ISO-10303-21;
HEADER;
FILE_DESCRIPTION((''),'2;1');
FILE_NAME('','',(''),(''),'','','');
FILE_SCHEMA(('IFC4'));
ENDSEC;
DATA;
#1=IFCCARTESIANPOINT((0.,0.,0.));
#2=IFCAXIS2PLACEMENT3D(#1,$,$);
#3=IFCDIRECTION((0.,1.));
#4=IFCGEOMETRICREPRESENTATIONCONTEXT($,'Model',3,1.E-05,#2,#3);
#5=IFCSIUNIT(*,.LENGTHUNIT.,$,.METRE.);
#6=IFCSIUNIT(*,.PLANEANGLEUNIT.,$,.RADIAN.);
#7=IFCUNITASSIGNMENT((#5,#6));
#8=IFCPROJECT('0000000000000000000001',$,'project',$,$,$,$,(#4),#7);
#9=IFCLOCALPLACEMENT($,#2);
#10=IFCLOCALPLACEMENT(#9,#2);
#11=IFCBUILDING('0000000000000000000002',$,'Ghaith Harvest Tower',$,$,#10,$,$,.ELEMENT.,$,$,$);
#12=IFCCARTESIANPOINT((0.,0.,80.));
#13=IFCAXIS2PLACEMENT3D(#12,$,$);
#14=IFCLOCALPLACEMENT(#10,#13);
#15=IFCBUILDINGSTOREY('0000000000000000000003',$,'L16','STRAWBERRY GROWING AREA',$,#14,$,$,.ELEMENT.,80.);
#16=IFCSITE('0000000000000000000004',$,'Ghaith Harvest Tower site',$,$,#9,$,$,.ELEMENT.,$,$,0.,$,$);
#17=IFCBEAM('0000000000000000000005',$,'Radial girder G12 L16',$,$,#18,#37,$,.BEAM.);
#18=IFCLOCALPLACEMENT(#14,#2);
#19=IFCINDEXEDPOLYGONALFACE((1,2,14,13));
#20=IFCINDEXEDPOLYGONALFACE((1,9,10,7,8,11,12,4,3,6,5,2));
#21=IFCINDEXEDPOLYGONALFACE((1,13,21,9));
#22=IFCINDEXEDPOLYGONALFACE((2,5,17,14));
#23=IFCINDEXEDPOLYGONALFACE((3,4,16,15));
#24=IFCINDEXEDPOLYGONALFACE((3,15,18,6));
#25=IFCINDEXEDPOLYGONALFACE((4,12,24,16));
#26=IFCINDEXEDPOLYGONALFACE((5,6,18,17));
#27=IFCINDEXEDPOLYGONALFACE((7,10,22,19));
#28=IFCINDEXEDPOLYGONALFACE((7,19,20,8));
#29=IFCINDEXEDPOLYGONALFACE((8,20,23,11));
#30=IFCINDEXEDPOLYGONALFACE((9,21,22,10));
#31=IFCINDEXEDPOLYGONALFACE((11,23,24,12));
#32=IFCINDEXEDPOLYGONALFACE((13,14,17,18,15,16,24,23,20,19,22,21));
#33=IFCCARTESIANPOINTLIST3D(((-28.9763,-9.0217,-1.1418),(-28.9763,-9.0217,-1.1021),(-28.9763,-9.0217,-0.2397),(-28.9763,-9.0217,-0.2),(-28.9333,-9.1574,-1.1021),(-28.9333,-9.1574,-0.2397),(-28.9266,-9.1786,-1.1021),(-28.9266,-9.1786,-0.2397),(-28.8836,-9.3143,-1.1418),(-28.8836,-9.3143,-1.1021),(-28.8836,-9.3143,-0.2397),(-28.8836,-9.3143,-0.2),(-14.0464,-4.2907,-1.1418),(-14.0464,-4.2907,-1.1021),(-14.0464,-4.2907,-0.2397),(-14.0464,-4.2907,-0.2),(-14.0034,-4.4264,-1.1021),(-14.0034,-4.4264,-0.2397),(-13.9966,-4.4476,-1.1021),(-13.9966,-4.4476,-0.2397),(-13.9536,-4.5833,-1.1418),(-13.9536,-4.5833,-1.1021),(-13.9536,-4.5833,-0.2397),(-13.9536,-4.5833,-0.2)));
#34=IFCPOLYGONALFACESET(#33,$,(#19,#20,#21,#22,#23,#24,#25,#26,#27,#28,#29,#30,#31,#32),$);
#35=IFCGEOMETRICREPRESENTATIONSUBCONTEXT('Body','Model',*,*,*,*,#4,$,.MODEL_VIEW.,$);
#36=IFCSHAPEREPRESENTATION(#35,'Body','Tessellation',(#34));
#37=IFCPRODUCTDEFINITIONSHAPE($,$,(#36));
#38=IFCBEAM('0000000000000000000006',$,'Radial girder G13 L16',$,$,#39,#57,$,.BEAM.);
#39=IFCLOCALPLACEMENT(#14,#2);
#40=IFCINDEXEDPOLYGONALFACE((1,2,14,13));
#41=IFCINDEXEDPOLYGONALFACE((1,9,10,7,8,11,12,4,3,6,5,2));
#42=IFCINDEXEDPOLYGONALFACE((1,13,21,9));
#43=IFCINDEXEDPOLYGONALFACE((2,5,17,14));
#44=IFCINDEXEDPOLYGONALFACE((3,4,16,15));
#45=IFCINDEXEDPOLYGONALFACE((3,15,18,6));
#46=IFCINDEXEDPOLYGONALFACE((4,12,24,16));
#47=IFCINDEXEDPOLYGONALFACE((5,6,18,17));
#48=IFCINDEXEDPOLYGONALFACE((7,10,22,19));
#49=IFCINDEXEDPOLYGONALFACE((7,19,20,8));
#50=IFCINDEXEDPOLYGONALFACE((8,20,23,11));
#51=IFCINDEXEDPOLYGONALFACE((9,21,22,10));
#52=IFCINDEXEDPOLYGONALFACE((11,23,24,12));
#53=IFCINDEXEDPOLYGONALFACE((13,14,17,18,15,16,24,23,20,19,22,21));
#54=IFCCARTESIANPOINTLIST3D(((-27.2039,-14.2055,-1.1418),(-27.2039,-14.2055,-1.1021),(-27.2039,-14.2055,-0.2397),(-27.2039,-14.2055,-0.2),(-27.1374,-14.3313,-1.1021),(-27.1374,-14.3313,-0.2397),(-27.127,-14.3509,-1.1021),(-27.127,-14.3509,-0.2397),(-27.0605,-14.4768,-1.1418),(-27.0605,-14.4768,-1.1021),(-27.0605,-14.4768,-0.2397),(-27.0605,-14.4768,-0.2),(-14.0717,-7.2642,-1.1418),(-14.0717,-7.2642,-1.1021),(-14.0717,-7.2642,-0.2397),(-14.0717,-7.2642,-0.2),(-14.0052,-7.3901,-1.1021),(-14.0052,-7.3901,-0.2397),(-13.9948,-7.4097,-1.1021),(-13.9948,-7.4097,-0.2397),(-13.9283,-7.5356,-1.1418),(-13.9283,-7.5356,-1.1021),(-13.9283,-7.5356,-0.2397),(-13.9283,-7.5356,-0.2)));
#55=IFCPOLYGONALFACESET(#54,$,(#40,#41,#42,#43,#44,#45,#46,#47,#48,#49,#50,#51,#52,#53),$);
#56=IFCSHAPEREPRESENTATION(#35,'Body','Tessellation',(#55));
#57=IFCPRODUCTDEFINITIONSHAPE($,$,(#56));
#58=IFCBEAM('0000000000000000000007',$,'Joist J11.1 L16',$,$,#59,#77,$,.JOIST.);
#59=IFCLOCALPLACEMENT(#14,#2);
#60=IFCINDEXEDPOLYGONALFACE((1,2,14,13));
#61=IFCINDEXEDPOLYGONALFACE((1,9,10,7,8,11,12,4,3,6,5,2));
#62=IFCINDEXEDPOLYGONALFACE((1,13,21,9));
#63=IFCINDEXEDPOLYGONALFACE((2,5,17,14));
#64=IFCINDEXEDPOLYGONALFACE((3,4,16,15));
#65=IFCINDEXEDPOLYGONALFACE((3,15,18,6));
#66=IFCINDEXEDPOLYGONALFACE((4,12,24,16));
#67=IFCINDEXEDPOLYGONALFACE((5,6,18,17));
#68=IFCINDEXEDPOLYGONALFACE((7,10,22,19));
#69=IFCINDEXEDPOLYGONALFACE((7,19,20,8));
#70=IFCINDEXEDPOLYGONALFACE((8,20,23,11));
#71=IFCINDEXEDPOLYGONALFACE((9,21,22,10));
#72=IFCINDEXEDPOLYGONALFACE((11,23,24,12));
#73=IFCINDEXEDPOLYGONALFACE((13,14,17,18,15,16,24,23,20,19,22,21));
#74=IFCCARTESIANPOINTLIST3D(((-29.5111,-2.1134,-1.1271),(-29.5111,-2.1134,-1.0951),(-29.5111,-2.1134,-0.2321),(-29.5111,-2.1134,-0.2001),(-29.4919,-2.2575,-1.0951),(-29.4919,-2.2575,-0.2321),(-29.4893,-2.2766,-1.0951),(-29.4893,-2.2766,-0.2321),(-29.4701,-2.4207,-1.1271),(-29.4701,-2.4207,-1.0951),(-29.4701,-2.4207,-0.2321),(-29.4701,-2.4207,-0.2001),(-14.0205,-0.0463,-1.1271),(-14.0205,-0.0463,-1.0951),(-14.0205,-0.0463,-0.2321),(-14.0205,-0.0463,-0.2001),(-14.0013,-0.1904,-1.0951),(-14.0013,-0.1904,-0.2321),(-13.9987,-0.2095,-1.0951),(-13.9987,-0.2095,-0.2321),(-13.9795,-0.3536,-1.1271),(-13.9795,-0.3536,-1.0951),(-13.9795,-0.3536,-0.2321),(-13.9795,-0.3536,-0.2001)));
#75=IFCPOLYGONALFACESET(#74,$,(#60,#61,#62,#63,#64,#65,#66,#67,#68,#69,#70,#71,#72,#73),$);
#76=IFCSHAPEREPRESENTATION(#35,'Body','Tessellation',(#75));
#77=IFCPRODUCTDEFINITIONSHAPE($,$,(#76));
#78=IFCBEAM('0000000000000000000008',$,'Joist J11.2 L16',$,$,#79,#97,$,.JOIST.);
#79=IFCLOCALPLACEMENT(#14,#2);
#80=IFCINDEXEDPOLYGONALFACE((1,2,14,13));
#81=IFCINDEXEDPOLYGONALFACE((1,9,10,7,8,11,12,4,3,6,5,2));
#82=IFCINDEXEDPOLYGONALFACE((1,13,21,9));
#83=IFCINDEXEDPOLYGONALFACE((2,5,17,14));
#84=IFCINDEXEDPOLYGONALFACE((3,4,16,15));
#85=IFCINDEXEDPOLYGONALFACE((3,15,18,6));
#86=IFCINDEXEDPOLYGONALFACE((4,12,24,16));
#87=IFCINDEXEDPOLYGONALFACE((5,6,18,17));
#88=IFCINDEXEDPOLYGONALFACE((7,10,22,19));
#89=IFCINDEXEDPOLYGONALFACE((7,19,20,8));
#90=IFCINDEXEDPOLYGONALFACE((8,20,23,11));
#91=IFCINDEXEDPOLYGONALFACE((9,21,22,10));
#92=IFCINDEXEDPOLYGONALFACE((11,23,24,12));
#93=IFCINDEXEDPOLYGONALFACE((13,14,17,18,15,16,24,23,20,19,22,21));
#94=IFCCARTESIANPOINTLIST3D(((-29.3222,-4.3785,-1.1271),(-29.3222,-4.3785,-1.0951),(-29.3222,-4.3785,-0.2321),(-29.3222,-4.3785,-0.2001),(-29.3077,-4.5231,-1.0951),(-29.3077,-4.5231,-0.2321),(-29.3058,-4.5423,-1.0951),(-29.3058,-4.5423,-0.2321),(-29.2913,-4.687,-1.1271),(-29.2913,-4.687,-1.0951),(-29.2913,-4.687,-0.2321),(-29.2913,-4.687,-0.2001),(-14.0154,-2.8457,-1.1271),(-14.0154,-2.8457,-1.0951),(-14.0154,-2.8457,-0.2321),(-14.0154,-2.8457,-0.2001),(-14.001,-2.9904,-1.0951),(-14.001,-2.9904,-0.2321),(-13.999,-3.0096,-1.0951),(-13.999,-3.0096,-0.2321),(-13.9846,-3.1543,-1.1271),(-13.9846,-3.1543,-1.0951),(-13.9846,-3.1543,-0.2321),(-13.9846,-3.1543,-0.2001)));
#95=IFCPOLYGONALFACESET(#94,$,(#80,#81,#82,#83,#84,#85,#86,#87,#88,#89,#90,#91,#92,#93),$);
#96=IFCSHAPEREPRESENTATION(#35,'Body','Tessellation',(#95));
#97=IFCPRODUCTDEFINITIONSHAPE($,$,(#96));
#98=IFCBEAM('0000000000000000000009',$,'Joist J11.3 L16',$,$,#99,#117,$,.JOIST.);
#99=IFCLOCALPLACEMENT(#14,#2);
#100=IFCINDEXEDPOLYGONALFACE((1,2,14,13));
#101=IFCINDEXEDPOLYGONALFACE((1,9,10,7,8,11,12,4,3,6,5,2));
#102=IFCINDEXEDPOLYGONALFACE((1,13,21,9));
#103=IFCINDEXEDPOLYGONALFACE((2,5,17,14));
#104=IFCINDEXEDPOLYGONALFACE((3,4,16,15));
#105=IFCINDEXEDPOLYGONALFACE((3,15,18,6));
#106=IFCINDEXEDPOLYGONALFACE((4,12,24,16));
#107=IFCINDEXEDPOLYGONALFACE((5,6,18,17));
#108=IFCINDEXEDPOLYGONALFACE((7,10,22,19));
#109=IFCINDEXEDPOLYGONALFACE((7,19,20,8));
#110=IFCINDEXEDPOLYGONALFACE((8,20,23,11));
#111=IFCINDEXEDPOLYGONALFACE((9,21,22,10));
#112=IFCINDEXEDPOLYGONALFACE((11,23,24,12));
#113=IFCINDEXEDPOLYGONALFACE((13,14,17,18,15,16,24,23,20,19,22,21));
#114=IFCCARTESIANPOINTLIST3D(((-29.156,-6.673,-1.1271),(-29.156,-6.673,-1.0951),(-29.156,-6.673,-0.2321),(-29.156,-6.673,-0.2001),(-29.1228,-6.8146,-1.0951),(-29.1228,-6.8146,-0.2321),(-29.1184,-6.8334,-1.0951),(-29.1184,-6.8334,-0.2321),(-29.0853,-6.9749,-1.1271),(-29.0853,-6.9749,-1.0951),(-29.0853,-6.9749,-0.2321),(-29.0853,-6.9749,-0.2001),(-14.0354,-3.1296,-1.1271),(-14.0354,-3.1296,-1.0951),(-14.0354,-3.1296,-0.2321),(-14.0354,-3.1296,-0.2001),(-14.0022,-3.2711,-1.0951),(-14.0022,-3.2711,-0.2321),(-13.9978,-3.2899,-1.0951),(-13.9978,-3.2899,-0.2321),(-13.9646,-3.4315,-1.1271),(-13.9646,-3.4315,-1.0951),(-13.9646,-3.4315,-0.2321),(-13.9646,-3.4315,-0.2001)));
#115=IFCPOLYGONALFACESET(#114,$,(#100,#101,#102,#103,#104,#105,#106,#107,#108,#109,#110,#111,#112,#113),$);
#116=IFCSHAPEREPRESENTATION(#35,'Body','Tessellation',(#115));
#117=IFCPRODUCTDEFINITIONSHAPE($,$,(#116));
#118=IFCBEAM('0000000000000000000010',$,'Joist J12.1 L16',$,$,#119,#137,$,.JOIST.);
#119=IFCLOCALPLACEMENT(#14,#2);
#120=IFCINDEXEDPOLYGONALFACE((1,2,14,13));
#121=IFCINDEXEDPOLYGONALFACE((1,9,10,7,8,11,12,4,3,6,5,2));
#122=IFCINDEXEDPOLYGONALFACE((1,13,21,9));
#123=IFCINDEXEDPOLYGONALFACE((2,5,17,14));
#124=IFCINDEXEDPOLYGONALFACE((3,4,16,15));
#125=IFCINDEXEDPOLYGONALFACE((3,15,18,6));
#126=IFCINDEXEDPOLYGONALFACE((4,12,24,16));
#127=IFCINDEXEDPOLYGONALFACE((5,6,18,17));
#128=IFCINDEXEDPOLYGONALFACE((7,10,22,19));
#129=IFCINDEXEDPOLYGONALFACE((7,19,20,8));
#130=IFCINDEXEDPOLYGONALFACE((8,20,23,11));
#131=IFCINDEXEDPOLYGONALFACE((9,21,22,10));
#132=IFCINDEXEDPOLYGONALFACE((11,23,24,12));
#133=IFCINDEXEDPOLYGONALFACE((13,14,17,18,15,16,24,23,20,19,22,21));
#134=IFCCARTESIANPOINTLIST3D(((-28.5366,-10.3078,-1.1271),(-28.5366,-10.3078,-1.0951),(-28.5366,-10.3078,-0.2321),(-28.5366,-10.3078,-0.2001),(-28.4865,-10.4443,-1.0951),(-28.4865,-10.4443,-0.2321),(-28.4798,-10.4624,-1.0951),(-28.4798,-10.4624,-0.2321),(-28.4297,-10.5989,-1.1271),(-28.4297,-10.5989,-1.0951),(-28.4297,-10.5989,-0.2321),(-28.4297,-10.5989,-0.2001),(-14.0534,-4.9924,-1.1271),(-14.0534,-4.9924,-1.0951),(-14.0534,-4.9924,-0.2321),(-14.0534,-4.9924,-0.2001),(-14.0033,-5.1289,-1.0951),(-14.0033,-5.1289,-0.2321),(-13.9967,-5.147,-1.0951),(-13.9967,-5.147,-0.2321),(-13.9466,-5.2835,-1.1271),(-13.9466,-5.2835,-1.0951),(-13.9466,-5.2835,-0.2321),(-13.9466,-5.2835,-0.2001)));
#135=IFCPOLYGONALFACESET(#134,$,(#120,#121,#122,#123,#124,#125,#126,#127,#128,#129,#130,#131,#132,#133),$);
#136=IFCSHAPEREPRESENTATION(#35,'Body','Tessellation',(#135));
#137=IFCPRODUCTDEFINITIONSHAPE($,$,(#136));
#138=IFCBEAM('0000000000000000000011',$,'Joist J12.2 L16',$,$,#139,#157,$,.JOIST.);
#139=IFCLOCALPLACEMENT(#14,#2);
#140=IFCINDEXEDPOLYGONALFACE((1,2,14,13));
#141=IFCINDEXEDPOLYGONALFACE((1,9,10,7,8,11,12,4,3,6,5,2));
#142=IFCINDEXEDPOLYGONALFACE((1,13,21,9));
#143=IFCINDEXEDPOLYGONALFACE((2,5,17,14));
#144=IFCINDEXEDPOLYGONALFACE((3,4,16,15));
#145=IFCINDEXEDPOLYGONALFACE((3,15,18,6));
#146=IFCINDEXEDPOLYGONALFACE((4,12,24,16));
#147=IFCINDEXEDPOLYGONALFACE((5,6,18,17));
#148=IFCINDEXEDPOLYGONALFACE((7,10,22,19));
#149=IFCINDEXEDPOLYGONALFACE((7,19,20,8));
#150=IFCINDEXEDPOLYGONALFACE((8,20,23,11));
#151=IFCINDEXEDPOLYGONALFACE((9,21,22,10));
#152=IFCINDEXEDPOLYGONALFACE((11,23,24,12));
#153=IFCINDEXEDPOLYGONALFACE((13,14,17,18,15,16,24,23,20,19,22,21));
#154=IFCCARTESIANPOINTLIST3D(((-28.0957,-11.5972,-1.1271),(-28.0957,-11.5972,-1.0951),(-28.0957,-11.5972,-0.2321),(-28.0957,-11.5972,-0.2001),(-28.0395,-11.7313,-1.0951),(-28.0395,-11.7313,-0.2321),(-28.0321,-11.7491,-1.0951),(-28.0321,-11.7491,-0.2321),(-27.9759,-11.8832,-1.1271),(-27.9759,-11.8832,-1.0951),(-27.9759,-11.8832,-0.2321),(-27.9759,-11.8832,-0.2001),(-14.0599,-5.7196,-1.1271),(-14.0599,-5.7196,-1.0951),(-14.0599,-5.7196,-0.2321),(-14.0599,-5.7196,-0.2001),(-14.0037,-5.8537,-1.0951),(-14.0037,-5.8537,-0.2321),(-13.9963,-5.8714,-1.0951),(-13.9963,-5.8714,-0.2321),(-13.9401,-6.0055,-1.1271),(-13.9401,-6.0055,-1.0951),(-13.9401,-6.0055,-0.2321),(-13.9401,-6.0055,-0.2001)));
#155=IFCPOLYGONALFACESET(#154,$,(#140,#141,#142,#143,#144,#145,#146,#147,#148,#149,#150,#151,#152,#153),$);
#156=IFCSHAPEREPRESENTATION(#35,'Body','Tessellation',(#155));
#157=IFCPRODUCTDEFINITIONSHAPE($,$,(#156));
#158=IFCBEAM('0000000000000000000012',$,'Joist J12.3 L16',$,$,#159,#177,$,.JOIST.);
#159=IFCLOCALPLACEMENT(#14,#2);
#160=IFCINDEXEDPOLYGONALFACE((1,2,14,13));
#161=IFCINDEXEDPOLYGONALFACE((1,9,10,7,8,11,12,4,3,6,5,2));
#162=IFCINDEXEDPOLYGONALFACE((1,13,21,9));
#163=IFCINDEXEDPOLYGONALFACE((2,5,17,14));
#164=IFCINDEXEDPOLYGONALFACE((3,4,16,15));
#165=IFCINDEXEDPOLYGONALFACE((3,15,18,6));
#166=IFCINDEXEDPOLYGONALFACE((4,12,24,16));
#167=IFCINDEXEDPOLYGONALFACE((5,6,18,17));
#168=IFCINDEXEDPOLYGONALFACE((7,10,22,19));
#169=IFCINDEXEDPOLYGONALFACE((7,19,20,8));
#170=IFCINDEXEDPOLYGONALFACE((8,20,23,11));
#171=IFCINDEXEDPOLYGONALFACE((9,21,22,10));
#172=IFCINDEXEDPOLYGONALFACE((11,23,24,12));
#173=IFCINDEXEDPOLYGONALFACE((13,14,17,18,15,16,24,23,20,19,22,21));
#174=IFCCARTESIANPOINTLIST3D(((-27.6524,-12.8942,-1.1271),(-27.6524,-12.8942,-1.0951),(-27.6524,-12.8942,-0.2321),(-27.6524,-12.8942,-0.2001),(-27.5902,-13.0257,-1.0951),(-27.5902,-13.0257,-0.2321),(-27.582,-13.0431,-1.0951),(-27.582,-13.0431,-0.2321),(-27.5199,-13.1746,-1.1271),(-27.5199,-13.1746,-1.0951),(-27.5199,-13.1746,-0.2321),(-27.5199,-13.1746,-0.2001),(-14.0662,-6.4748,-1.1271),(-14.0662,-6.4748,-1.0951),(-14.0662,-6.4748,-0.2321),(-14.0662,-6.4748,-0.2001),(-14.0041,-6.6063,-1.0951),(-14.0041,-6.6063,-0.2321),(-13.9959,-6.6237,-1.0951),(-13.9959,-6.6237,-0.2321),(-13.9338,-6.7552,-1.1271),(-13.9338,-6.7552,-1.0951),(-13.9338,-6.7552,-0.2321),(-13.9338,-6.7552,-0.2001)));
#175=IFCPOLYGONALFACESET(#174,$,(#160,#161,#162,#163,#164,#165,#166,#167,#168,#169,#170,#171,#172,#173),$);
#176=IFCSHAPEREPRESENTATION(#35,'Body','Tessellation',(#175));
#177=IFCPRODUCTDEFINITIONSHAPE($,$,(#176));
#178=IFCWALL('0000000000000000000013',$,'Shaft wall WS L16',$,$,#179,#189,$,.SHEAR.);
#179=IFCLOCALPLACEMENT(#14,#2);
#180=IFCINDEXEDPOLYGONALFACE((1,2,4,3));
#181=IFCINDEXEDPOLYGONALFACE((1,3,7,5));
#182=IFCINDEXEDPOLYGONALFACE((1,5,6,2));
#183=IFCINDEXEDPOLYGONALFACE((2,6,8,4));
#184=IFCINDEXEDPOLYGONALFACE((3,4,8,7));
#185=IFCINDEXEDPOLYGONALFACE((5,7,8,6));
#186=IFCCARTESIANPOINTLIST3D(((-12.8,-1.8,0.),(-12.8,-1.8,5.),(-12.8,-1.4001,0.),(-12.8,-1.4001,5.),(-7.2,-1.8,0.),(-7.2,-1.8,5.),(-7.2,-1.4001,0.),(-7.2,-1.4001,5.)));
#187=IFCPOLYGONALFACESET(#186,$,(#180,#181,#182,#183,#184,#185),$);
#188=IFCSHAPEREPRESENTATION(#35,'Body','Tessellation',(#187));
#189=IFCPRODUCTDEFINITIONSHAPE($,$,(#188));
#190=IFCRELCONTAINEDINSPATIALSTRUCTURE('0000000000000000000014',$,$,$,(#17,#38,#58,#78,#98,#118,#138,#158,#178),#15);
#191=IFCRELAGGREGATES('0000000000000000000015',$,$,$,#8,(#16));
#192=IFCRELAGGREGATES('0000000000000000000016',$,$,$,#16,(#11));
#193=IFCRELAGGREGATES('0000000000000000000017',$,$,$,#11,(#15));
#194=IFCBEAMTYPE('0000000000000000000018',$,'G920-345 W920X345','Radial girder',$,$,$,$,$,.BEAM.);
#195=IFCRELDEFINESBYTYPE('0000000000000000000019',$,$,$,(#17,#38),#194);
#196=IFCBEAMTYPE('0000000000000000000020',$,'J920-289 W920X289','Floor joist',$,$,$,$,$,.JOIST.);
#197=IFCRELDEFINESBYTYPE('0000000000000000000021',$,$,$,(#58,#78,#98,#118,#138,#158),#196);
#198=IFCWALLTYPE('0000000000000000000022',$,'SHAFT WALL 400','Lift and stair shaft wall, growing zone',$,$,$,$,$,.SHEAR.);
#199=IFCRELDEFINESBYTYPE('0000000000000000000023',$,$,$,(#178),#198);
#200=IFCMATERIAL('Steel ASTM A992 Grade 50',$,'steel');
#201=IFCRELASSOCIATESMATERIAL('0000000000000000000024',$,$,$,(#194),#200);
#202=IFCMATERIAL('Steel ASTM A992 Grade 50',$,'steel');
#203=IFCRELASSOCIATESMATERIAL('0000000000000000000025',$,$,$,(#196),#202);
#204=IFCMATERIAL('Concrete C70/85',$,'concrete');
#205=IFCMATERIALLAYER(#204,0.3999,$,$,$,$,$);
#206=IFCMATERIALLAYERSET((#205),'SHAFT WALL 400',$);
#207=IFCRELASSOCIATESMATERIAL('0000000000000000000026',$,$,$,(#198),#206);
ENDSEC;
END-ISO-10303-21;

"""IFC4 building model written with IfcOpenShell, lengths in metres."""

from ifc_helpers import new_model, si_unit, direction, frame, frame_2d, origin, origin_2d, place, context, subcontext, project, spatial, rectangle, i_section, extrude, material, layer, layer_set, material_profile, profile_set, type_object, element, save


model = new_model("IFC4")

# Units and contexts
model_context = context("Model", 3, precision=1e-05, world=origin(), true_north=direction((0.0, 1.0)))
body_context = subcontext(model_context, "Body", "Model", "MODEL_VIEW")
ifc_project = project(units=[si_unit("LENGTHUNIT", "METRE"), si_unit("PLANEANGLEUNIT", "RADIAN")], contexts=[model_context])

# Site, building, storey
site_placement = place(None, origin())
site = spatial("IfcSite", under=ifc_project, at=site_placement, Name="Ghaith Harvest Tower site", CompositionType="ELEMENT", RefElevation=0.0)
building_placement = place(site_placement, origin())
building = spatial("IfcBuilding", under=site, at=building_placement, Name="Ghaith Harvest Tower", CompositionType="ELEMENT")
storey_placement = place(building_placement, frame((0.0, 0.0, 80.0)))
storey = spatial("IfcBuildingStorey", under=building, at=storey_placement, Name="L16", Description="STRAWBERRY GROWING AREA", CompositionType="ELEMENT", Elevation=80.0)

# Beams
ifc_material_1 = material(Name="Steel ASTM A992 Grade 50", Category="steel")
ifc_material_profile_1 = material_profile(ifc_material_1, i_section(OverallWidth=0.3069, OverallDepth=0.9419, WebThickness=0.0222, FlangeThickness=0.0398, at=origin_2d()), Name="W920X345")
ifc_profile_set_1 = profile_set([ifc_material_profile_1], Name="Steel ASTM A992 Grade 50")
beam_type_1 = type_object("IfcBeamType", Name="G920-345 W920X345", Description="Radial girder", PredefinedType="BEAM", material=ifc_profile_set_1)
beam_1_placement = place(storey_placement, frame((-14.0, -4.437, -0.6709), z_axis=(-0.953284, -0.302074, 0.0), x_axis=(0.302074, -0.953284, 0.0)))
element("IfcBeam", 1, at=beam_1_placement, inside=storey, type_object=beam_type_1, Name="Radial girder G12 L16", PredefinedType="BEAM", context=body_context, shape_type="SweptSolid", body=[
    extrude(i_section(OverallWidth=0.3069, OverallDepth=0.9419, WebThickness=0.0222, FlangeThickness=0.0398, at=origin_2d()), origin(), (0.0, 0.0, 1.0), 15.6616),
])
beam_2_placement = place(storey_placement, frame((-14.0, -7.3999, -0.6709), z_axis=(-0.884097, -0.467303, 0.0), x_axis=(0.467303, -0.884097, 0.0)))
element("IfcBeam", 2, at=beam_2_placement, inside=storey, type_object=beam_type_1, Name="Radial girder G13 L16", PredefinedType="BEAM", context=body_context, shape_type="SweptSolid", body=[
    extrude(i_section(OverallWidth=0.3069, OverallDepth=0.9419, WebThickness=0.0222, FlangeThickness=0.0398, at=origin_2d()), origin(), (0.0, 0.0, 1.0), 14.8538),
])
ifc_material_2 = material(Name="Steel ASTM A992 Grade 50", Category="steel")
ifc_material_profile_2 = material_profile(ifc_material_2, i_section(OverallWidth=0.3101, OverallDepth=0.927, WebThickness=0.0193, FlangeThickness=0.032, at=origin_2d()), Name="W920X289")
ifc_profile_set_2 = profile_set([ifc_material_profile_2], Name="Steel ASTM A992 Grade 50")
beam_type_2 = type_object("IfcBeamType", Name="J920-289 W920X289", Description="Floor joist", PredefinedType="JOIST", material=ifc_profile_set_2)
beam_3_placement = place(storey_placement, frame((-14.0, -0.2, -0.6636), z_axis=(-0.991214, -0.132271, 0.0), x_axis=(0.132271, -0.991214, 0.0)))
element("IfcBeam", 3, at=beam_3_placement, inside=storey, type_object=beam_type_2, Name="Joist J11.1 L16", PredefinedType="JOIST", context=body_context, shape_type="SweptSolid", body=[
    extrude(i_section(OverallWidth=0.3101, OverallDepth=0.927, WebThickness=0.0193, FlangeThickness=0.032, at=origin_2d()), origin(), (0.0, 0.0, 1.0), 15.6279),
])
beam_4_placement = place(storey_placement, frame((-14.0, -3.0, -0.6636), z_axis=(-0.995024, -0.099636, 0.0), x_axis=(0.099636, -0.995024, 0.0)))
element("IfcBeam", 4, at=beam_4_placement, inside=storey, type_object=beam_type_2, Name="Joist J11.2 L16", PredefinedType="JOIST", context=body_context, shape_type="SweptSolid", body=[
    extrude(i_section(OverallWidth=0.3101, OverallDepth=0.927, WebThickness=0.0193, FlangeThickness=0.032, at=origin_2d()), origin(), (0.0, 0.0, 1.0), 15.3833),
])
beam_5_placement = place(storey_placement, frame((-14.0, -3.2805, -0.6636), z_axis=(-0.973623, -0.228165, 0.0), x_axis=(0.228165, -0.973623, 0.0)))
element("IfcBeam", 5, at=beam_5_placement, inside=storey, type_object=beam_type_2, Name="Joist J11.3 L16", PredefinedType="JOIST", context=body_context, shape_type="SweptSolid", body=[
    extrude(i_section(OverallWidth=0.3101, OverallDepth=0.927, WebThickness=0.0193, FlangeThickness=0.032, at=origin_2d()), origin(), (0.0, 0.0, 1.0), 15.5303),
])
beam_6_placement = place(storey_placement, frame((-14.0, -5.1379, -0.6636), z_axis=(-0.938773, -0.344537, 0.0), x_axis=(0.344537, -0.938773, 0.0)))
element("IfcBeam", 6, at=beam_6_placement, inside=storey, type_object=beam_type_2, Name="Joist J12.1 L16", PredefinedType="JOIST", context=body_context, shape_type="SweptSolid", body=[
    extrude(i_section(OverallWidth=0.3101, OverallDepth=0.927, WebThickness=0.0193, FlangeThickness=0.032, at=origin_2d()), origin(), (0.0, 0.0, 1.0), 15.4277),
])
beam_7_placement = place(storey_placement, frame((-14.0, -5.8625, -0.6636), z_axis=(-0.92239, -0.386261, 0.0), x_axis=(0.386261, -0.92239, 0.0)))
element("IfcBeam", 7, at=beam_7_placement, inside=storey, type_object=beam_type_2, Name="Joist J12.2 L16", PredefinedType="JOIST", context=body_context, shape_type="SweptSolid", body=[
    extrude(i_section(OverallWidth=0.3101, OverallDepth=0.927, WebThickness=0.0193, FlangeThickness=0.032, at=origin_2d()), origin(), (0.0, 0.0, 1.0), 15.2168),
])
beam_8_placement = place(storey_placement, frame((-14.0, -6.615, -0.6636), z_axis=(-0.904153, -0.42721, 0.0), x_axis=(0.42721, -0.904153, 0.0)))
element("IfcBeam", 8, at=beam_8_placement, inside=storey, type_object=beam_type_2, Name="Joist J12.3 L16", PredefinedType="JOIST", context=body_context, shape_type="SweptSolid", body=[
    extrude(i_section(OverallWidth=0.3101, OverallDepth=0.927, WebThickness=0.0193, FlangeThickness=0.032, at=origin_2d()), origin(), (0.0, 0.0, 1.0), 15.0264),
])

# Wall
ifc_material_3 = material(Name="Concrete C70/85", Category="concrete")
ifc_layer_1 = layer(ifc_material_3, 0.3999)
ifc_layer_set_1 = layer_set([ifc_layer_1], Name="SHAFT WALL 400")
wall_type_1 = type_object("IfcWallType", Name="SHAFT WALL 400", Description="Lift and stair shaft wall, growing zone", PredefinedType="SHEAR", material=ifc_layer_set_1)
wall_1_placement = place(storey_placement, frame((-12.8, -1.6001, 0.0), z_axis=(0.0, 0.0, 1.0), x_axis=(1.0, 0.0, 0.0)))
element("IfcWall", 9, at=wall_1_placement, inside=storey, type_object=wall_type_1, Name="Shaft wall WS L16", PredefinedType="SHEAR", context=body_context, shape_type="SweptSolid", body=[
    extrude(rectangle(XDim=5.6001, YDim=0.3999, at=frame_2d((2.8, 0.0))), origin(), (0.0, 0.0, 1.0), 5.0),
])

save(model, "model.ifc")
